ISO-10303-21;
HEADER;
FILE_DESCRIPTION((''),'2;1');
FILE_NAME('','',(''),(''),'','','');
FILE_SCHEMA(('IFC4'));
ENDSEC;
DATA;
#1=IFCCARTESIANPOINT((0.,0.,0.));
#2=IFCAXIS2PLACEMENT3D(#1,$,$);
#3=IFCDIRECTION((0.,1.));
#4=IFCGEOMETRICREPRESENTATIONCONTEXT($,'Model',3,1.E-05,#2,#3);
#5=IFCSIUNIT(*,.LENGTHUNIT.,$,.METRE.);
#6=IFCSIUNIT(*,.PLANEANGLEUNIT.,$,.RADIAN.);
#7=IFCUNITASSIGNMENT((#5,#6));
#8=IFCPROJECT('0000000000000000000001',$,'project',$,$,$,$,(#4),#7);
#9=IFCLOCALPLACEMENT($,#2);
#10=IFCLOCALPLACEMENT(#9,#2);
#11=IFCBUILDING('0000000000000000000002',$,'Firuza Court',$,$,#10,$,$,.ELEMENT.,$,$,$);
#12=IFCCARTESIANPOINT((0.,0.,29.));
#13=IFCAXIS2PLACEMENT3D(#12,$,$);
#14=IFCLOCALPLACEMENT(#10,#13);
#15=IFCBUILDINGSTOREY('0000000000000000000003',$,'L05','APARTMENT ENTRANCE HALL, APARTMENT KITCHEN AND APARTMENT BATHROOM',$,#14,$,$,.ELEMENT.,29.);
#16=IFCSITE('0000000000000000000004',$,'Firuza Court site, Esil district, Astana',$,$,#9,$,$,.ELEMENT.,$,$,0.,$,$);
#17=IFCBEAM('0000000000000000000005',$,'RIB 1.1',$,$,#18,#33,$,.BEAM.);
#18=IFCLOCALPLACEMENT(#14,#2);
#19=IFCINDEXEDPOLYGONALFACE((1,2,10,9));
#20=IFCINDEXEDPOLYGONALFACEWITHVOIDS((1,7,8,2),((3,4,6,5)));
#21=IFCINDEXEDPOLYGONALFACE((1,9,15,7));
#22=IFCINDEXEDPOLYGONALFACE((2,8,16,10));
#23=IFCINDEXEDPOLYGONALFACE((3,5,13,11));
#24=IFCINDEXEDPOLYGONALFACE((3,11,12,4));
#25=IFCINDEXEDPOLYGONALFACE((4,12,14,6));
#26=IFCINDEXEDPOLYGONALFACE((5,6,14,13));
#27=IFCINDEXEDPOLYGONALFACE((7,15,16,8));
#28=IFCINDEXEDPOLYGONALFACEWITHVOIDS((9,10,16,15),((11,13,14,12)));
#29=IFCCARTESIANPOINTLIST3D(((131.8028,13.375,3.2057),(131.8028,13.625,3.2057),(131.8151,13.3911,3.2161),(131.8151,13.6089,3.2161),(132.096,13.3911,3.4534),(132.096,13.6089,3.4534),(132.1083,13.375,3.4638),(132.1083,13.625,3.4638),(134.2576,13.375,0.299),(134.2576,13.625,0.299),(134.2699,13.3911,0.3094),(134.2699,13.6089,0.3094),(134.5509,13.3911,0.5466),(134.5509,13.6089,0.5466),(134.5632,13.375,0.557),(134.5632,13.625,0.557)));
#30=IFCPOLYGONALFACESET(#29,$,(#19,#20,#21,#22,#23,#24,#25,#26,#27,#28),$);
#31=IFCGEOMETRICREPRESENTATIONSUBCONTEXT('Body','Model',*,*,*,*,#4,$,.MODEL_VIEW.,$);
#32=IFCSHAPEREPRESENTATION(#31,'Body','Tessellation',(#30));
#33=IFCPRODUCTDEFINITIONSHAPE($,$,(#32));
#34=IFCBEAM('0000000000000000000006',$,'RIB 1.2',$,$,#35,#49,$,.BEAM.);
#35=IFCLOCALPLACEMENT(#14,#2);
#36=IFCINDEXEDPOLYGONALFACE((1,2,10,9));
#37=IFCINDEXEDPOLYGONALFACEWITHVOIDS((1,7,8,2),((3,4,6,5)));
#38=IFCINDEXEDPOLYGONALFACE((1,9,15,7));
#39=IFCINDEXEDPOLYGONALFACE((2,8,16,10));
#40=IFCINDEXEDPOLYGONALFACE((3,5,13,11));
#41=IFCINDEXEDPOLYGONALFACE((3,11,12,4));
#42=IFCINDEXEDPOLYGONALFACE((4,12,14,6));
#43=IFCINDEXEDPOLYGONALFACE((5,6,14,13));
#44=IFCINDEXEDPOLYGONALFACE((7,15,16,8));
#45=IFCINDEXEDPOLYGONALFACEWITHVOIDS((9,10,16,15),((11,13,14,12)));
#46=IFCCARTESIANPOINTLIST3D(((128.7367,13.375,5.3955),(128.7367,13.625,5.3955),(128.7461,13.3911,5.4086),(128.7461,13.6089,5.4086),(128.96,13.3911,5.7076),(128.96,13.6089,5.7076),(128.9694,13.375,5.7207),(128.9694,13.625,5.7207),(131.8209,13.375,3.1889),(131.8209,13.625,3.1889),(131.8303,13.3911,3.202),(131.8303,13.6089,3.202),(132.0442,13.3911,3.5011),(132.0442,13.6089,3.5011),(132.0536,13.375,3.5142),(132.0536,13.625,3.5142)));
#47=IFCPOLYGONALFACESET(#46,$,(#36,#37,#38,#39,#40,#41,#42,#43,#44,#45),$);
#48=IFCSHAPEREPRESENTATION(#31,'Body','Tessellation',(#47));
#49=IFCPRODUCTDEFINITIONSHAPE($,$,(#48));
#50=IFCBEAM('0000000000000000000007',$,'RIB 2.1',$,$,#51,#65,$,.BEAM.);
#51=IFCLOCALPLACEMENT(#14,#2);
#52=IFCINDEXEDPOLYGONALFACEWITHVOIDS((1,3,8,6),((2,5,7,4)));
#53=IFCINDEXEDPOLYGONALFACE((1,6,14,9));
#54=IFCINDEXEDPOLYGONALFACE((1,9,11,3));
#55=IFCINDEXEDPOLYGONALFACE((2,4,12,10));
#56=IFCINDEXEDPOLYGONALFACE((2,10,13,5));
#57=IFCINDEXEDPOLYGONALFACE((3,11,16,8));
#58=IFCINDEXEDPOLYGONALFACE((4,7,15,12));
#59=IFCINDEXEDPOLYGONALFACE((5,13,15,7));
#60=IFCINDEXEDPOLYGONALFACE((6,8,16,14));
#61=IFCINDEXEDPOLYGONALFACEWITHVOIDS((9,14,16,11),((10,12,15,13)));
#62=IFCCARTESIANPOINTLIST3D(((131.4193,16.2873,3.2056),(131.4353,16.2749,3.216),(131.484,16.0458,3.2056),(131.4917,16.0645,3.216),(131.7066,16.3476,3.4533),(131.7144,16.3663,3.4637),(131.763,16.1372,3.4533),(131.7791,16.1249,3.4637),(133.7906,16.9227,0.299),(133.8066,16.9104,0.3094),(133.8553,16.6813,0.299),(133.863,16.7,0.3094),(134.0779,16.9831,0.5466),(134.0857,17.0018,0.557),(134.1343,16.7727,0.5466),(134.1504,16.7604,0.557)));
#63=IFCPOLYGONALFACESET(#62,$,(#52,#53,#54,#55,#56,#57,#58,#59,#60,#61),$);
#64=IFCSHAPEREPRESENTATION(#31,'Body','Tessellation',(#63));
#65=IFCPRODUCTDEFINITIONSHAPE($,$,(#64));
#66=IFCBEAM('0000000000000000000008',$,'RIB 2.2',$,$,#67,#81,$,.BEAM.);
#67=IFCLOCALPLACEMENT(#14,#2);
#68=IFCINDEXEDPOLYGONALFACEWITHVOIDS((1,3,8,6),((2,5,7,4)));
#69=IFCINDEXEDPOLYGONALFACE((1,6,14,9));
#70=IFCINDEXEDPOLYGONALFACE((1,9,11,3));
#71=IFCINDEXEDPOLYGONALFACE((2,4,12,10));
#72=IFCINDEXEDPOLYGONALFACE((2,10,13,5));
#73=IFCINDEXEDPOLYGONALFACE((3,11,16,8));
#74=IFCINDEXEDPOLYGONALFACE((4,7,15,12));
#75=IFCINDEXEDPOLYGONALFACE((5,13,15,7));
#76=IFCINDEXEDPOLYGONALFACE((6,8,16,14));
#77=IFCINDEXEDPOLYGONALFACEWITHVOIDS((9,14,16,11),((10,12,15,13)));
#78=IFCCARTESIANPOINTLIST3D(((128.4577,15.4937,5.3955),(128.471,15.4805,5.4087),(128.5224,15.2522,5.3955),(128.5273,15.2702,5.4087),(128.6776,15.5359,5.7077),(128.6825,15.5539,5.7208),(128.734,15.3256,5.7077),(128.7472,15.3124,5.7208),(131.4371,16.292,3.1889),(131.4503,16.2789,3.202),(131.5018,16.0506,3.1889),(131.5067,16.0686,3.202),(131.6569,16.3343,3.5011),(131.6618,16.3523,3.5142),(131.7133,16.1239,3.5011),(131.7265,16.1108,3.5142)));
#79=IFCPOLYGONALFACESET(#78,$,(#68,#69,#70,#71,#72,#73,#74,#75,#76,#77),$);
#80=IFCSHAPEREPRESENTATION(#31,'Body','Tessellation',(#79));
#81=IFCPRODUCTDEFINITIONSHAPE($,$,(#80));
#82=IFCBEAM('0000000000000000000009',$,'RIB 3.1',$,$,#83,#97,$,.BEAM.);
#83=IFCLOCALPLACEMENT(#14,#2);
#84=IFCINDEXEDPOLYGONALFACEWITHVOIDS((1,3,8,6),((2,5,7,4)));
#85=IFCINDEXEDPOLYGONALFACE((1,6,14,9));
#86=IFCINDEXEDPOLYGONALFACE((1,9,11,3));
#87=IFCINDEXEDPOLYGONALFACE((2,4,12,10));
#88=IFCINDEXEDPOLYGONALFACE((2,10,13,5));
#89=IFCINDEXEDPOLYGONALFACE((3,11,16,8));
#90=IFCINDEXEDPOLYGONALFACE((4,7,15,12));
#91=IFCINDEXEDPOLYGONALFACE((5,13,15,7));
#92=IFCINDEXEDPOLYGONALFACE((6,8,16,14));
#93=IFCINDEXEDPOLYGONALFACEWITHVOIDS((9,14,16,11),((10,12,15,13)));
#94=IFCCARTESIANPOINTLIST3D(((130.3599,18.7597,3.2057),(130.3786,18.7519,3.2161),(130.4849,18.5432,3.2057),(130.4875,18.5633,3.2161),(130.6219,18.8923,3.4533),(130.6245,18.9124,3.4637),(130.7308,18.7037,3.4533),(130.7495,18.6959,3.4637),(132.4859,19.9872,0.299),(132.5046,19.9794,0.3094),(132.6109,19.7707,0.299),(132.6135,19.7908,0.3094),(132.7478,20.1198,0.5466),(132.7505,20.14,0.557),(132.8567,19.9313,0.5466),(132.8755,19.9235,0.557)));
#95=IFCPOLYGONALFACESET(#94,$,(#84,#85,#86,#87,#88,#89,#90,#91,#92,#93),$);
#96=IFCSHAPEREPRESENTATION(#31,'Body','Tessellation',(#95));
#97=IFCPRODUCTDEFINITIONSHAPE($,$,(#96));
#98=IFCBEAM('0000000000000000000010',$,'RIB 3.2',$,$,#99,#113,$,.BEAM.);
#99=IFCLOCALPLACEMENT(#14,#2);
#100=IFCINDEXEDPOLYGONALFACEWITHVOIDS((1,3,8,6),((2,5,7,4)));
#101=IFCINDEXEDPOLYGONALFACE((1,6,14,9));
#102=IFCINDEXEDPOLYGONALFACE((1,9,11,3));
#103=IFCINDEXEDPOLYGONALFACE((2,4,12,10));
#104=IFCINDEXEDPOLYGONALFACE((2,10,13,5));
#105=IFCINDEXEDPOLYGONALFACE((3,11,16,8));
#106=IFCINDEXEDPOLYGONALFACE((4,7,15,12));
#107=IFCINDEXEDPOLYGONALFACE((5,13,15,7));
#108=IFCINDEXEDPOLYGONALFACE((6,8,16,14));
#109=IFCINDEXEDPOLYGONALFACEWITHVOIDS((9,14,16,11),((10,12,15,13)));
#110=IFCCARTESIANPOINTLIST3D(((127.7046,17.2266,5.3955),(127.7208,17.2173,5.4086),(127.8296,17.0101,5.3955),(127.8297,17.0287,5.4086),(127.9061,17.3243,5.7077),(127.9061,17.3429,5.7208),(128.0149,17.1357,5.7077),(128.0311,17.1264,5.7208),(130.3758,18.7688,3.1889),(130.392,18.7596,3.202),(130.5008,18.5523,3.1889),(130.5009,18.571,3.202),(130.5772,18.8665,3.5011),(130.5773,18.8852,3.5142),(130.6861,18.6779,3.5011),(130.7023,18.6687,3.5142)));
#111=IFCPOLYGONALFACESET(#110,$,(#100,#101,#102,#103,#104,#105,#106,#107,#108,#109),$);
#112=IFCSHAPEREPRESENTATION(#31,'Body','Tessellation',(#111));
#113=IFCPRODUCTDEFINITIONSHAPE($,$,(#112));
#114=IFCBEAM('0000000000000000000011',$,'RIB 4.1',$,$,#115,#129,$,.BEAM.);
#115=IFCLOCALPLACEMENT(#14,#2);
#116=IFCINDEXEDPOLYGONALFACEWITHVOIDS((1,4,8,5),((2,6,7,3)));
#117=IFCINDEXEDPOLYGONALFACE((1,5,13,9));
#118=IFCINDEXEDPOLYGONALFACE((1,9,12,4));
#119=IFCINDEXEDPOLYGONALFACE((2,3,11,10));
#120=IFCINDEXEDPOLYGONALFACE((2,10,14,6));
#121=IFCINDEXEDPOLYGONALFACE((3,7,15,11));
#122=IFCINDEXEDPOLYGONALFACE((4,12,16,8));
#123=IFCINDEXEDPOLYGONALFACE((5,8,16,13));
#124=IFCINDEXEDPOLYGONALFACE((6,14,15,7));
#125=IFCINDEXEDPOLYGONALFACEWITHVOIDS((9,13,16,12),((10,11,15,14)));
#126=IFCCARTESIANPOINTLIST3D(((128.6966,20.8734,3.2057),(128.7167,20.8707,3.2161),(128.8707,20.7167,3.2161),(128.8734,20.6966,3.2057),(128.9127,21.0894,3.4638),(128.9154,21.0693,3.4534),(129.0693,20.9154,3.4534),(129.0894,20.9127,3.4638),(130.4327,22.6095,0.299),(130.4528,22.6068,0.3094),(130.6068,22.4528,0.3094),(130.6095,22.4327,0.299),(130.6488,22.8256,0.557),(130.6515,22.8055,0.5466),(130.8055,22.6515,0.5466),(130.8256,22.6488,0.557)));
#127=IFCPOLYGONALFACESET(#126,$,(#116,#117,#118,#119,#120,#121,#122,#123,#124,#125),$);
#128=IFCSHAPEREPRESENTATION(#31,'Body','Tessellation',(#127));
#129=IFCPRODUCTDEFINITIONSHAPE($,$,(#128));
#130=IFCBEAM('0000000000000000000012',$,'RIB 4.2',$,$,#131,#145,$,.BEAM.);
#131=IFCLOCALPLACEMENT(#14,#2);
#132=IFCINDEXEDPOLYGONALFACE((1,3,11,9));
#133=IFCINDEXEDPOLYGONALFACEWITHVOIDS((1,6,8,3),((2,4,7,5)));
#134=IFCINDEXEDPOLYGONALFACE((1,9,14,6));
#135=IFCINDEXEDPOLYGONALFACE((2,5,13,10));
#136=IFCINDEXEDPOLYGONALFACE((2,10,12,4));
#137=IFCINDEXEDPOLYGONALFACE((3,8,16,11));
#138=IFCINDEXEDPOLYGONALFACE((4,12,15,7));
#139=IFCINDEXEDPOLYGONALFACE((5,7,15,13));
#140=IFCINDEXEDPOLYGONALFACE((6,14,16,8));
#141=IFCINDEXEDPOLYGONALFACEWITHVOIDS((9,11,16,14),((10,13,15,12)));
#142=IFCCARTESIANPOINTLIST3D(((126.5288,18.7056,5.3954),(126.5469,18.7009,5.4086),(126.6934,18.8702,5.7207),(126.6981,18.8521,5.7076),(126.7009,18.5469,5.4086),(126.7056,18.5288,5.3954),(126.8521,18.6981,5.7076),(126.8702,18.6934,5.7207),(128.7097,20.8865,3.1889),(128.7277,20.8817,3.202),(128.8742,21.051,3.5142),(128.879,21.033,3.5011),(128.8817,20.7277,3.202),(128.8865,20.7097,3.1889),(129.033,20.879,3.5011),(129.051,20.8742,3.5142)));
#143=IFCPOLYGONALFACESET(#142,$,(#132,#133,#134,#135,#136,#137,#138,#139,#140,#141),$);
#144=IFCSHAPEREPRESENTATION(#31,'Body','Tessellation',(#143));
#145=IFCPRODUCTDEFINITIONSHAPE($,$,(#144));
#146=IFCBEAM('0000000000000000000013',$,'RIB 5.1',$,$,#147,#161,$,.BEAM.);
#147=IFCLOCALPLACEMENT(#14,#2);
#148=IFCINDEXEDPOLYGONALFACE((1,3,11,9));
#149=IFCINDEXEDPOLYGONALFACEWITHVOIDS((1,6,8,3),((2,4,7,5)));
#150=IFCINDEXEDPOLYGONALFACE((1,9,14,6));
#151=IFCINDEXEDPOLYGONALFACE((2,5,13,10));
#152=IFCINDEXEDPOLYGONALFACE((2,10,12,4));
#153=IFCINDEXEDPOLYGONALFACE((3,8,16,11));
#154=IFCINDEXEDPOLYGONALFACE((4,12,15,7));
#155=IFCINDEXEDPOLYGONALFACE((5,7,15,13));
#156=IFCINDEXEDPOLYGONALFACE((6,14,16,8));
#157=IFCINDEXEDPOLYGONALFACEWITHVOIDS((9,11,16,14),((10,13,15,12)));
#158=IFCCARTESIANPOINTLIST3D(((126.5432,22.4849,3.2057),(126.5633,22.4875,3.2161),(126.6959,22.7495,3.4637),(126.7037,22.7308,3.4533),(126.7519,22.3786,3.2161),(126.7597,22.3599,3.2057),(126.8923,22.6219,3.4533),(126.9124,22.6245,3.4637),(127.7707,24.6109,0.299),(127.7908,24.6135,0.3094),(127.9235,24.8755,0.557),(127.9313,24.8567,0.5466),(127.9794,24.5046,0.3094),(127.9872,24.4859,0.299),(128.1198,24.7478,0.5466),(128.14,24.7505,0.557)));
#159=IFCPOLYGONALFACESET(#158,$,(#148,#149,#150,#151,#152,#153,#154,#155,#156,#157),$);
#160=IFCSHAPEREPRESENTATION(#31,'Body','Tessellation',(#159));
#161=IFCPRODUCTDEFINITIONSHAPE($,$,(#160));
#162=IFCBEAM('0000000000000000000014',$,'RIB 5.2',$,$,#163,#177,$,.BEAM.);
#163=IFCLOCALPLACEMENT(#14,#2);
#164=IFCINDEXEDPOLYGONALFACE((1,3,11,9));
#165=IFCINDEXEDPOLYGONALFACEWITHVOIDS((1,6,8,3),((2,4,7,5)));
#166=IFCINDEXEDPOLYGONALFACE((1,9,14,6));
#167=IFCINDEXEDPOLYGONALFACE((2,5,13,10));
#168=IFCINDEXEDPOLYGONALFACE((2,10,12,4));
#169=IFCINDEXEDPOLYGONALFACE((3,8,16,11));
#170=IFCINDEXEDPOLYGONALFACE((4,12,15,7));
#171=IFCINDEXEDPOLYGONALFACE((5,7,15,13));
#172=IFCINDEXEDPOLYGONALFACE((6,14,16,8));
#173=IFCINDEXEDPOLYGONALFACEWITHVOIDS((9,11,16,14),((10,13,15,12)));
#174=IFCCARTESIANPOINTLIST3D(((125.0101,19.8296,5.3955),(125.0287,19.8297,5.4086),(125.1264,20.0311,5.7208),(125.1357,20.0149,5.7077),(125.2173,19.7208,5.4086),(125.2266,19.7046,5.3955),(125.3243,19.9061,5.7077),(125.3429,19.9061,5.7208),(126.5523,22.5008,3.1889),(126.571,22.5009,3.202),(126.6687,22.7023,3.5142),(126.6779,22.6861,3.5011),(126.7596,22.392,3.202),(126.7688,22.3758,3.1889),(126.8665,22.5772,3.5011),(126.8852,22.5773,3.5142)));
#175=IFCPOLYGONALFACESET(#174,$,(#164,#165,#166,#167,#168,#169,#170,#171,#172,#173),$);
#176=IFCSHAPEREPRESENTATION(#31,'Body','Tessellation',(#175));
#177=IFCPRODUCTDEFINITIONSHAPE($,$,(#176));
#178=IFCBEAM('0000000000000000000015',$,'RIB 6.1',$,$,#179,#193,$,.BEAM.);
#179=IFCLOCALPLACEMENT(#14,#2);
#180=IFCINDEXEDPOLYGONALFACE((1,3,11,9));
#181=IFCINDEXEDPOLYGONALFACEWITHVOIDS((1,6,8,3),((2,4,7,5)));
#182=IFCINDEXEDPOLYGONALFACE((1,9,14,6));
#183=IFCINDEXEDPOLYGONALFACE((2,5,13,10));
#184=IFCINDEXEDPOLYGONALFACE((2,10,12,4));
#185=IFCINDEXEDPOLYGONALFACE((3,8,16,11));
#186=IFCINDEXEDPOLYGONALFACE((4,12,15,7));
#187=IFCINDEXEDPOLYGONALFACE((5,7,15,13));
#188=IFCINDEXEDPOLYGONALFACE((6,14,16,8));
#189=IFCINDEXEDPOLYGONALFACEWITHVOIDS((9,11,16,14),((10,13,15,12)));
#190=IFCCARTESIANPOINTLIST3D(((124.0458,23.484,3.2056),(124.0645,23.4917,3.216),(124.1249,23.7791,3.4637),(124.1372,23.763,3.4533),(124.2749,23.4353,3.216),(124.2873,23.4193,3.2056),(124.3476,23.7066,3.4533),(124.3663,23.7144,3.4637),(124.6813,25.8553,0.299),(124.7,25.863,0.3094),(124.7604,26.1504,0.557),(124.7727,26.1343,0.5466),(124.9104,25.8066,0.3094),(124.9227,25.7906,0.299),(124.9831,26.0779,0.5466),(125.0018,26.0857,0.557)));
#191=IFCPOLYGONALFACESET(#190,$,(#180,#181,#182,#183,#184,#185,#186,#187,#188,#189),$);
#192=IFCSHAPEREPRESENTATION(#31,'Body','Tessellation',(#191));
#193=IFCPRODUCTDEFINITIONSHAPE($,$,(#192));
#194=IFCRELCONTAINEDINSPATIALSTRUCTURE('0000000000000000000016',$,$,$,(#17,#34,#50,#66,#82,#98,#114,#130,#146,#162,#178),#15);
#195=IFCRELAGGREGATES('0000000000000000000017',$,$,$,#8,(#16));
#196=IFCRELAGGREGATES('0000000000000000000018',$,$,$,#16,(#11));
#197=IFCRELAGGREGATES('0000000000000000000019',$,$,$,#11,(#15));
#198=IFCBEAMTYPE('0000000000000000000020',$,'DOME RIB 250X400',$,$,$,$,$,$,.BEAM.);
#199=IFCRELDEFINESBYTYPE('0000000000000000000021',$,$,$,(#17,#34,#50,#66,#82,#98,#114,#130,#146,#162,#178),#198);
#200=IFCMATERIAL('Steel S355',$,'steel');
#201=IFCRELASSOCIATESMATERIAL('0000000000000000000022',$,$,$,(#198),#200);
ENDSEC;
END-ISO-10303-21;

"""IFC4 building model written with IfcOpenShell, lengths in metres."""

from ifc_helpers import new_model, si_unit, direction, frame, origin, origin_2d, place, context, subcontext, project, spatial, hollow_rectangle, extrude, material, material_profile, profile_set, type_object, element, save


model = new_model("IFC4")

# Units and contexts
model_context = context("Model", 3, precision=1e-05, world=origin(), true_north=direction((0.0, 1.0)))
body_context = subcontext(model_context, "Body", "Model", "MODEL_VIEW")
ifc_project = project(units=[si_unit("LENGTHUNIT", "METRE"), si_unit("PLANEANGLEUNIT", "RADIAN")], contexts=[model_context])

# Site, building, storey
site_placement = place(None, origin())
site = spatial("IfcSite", under=ifc_project, at=site_placement, Name="Firuza Court site, Esil district, Astana", CompositionType="ELEMENT", RefElevation=0.0)
building_placement = place(site_placement, origin())
building = spatial("IfcBuilding", under=site, at=building_placement, Name="Firuza Court", CompositionType="ELEMENT")
storey_placement = place(building_placement, frame((0.0, 0.0, 29.0)))
storey = spatial("IfcBuildingStorey", under=building, at=storey_placement, Name="L05", Description="APARTMENT ENTRANCE HALL, APARTMENT KITCHEN AND APARTMENT BATHROOM", CompositionType="ELEMENT", Elevation=29.0)

# Beams
ifc_material_1 = material(Name="Steel S355", Category="steel")
ifc_material_profile_1 = material_profile(ifc_material_1, hollow_rectangle(XDim=0.25, YDim=0.3999, WallThickness=0.0161, at=origin_2d()), Name="RHS 400X250X16")
ifc_profile_set_1 = profile_set([ifc_material_profile_1], Name="Steel S355")
beam_type_1 = type_object("IfcBeamType", Name="DOME RIB 250X400", PredefinedType="BEAM", material=ifc_profile_set_1)
beam_1_placement = place(storey_placement, frame((134.4104, 13.5, 0.428), z_axis=(-0.64522, 0.0, 0.763997), x_axis=(0.0, -1.0, 0.0)))
element("IfcBeam", 1, at=beam_1_placement, inside=storey, type_object=beam_type_1, Name="RIB 1.1", PredefinedType="BEAM", context=body_context, shape_type="SweptSolid", body=[
    extrude(hollow_rectangle(XDim=0.25, YDim=0.3999, WallThickness=0.0161, at=origin_2d()), origin(), (0.0, 0.0, 1.0), 3.8047),
])
beam_2_placement = place(storey_placement, frame((131.9373, 13.5, 3.3516), z_axis=(-0.813294, 0.0, 0.581853), x_axis=(0.0, -1.0, 0.0)))
element("IfcBeam", 2, at=beam_2_placement, inside=storey, type_object=beam_type_1, Name="RIB 1.2", PredefinedType="BEAM", context=body_context, shape_type="SweptSolid", body=[
    extrude(hollow_rectangle(XDim=0.25, YDim=0.3999, WallThickness=0.0161, at=origin_2d()), origin(), (0.0, 0.0, 1.0), 3.7922),
])
beam_3_placement = place(storey_placement, frame((133.9705, 16.8416, 0.428), z_axis=(-0.623255, -0.167027, 0.763973), x_axis=(0.258857, -0.965916, 0.0)))
element("IfcBeam", 3, at=beam_3_placement, inside=storey, type_object=beam_type_1, Name="RIB 2.1", PredefinedType="BEAM", context=body_context, shape_type="SweptSolid", body=[
    extrude(hollow_rectangle(XDim=0.25, YDim=0.3999, WallThickness=0.0161, at=origin_2d()), origin(), (0.0, 0.0, 1.0), 3.8047),
])
beam_4_placement = place(storey_placement, frame((131.5818, 16.2014, 3.3516), z_axis=(-0.785589, -0.210512, 0.581837), x_axis=(0.258835, -0.965922, 0.0)))
element("IfcBeam", 4, at=beam_4_placement, inside=storey, type_object=beam_type_1, Name="RIB 2.2", PredefinedType="BEAM", context=body_context, shape_type="SweptSolid", body=[
    extrude(hollow_rectangle(XDim=0.25, YDim=0.3999, WallThickness=0.0161, at=origin_2d()), origin(), (0.0, 0.0, 1.0), 3.7925),
])
beam_5_placement = place(storey_placement, frame((132.6807, 19.9553, 0.428), z_axis=(-0.558776, -0.322637, 0.763986), x_axis=(0.500032, -0.866007, 0.0)))
element("IfcBeam", 5, at=beam_5_placement, inside=storey, type_object=beam_type_1, Name="RIB 3.1", PredefinedType="BEAM", context=body_context, shape_type="SweptSolid", body=[
    extrude(hollow_rectangle(XDim=0.25, YDim=0.3999, WallThickness=0.0161, at=origin_2d()), origin(), (0.0, 0.0, 1.0), 3.8047),
])
beam_6_placement = place(storey_placement, frame((130.5391, 18.7188, 3.3516), z_axis=(-0.70434, -0.406665, 0.581832), x_axis=(0.500013, -0.866018, 0.0)))
element("IfcBeam", 6, at=beam_6_placement, inside=storey, type_object=beam_type_1, Name="RIB 3.2", PredefinedType="BEAM", context=body_context, shape_type="SweptSolid", body=[
    extrude(hollow_rectangle(XDim=0.25, YDim=0.3999, WallThickness=0.0161, at=origin_2d()), origin(), (0.0, 0.0, 1.0), 3.7925),
])
beam_7_placement = place(storey_placement, frame((130.6292, 22.6292, 0.428), z_axis=(-0.456278, -0.456278, 0.76395), x_axis=(0.707107, -0.707107, 0.0)))
element("IfcBeam", 7, at=beam_7_placement, inside=storey, type_object=beam_type_1, Name="RIB 4.1", PredefinedType="BEAM", context=body_context, shape_type="SweptSolid", body=[
    extrude(hollow_rectangle(XDim=0.25, YDim=0.3999, WallThickness=0.0161, at=origin_2d()), origin(), (0.0, 0.0, 1.0), 3.8049),
])
beam_8_placement = place(storey_placement, frame((128.8804, 20.8804, 3.3516), z_axis=(-0.575088, -0.575088, 0.581848), x_axis=(0.707107, -0.707107, 0.0)))
element("IfcBeam", 8, at=beam_8_placement, inside=storey, type_object=beam_type_1, Name="RIB 4.2", PredefinedType="BEAM", context=body_context, shape_type="SweptSolid", body=[
    extrude(hollow_rectangle(XDim=0.25, YDim=0.3999, WallThickness=0.0161, at=origin_2d()), origin(), (0.0, 0.0, 1.0), 3.7922),
])
beam_9_placement = place(storey_placement, frame((127.9553, 24.6807, 0.428), z_axis=(-0.322637, -0.558776, 0.763986), x_axis=(0.866007, -0.500032, 0.0)))
element("IfcBeam", 9, at=beam_9_placement, inside=storey, type_object=beam_type_1, Name="RIB 5.1", PredefinedType="BEAM", context=body_context, shape_type="SweptSolid", body=[
    extrude(hollow_rectangle(XDim=0.25, YDim=0.3999, WallThickness=0.0161, at=origin_2d()), origin(), (0.0, 0.0, 1.0), 3.8047),
])
beam_10_placement = place(storey_placement, frame((126.7188, 22.5391, 3.3516), z_axis=(-0.406665, -0.70434, 0.581832), x_axis=(0.866018, -0.500013, 0.0)))
element("IfcBeam", 10, at=beam_10_placement, inside=storey, type_object=beam_type_1, Name="RIB 5.2", PredefinedType="BEAM", context=body_context, shape_type="SweptSolid", body=[
    extrude(hollow_rectangle(XDim=0.25, YDim=0.3999, WallThickness=0.0161, at=origin_2d()), origin(), (0.0, 0.0, 1.0), 3.7925),
])
beam_11_placement = place(storey_placement, frame((124.8416, 25.9705, 0.428), z_axis=(-0.167027, -0.623255, 0.763973), x_axis=(0.965916, -0.258857, 0.0)))
element("IfcBeam", 11, at=beam_11_placement, inside=storey, type_object=beam_type_1, Name="RIB 6.1", PredefinedType="BEAM", context=body_context, shape_type="SweptSolid", body=[
    extrude(hollow_rectangle(XDim=0.25, YDim=0.3999, WallThickness=0.0161, at=origin_2d()), origin(), (0.0, 0.0, 1.0), 3.8047),
])

save(model, "model.ifc")
